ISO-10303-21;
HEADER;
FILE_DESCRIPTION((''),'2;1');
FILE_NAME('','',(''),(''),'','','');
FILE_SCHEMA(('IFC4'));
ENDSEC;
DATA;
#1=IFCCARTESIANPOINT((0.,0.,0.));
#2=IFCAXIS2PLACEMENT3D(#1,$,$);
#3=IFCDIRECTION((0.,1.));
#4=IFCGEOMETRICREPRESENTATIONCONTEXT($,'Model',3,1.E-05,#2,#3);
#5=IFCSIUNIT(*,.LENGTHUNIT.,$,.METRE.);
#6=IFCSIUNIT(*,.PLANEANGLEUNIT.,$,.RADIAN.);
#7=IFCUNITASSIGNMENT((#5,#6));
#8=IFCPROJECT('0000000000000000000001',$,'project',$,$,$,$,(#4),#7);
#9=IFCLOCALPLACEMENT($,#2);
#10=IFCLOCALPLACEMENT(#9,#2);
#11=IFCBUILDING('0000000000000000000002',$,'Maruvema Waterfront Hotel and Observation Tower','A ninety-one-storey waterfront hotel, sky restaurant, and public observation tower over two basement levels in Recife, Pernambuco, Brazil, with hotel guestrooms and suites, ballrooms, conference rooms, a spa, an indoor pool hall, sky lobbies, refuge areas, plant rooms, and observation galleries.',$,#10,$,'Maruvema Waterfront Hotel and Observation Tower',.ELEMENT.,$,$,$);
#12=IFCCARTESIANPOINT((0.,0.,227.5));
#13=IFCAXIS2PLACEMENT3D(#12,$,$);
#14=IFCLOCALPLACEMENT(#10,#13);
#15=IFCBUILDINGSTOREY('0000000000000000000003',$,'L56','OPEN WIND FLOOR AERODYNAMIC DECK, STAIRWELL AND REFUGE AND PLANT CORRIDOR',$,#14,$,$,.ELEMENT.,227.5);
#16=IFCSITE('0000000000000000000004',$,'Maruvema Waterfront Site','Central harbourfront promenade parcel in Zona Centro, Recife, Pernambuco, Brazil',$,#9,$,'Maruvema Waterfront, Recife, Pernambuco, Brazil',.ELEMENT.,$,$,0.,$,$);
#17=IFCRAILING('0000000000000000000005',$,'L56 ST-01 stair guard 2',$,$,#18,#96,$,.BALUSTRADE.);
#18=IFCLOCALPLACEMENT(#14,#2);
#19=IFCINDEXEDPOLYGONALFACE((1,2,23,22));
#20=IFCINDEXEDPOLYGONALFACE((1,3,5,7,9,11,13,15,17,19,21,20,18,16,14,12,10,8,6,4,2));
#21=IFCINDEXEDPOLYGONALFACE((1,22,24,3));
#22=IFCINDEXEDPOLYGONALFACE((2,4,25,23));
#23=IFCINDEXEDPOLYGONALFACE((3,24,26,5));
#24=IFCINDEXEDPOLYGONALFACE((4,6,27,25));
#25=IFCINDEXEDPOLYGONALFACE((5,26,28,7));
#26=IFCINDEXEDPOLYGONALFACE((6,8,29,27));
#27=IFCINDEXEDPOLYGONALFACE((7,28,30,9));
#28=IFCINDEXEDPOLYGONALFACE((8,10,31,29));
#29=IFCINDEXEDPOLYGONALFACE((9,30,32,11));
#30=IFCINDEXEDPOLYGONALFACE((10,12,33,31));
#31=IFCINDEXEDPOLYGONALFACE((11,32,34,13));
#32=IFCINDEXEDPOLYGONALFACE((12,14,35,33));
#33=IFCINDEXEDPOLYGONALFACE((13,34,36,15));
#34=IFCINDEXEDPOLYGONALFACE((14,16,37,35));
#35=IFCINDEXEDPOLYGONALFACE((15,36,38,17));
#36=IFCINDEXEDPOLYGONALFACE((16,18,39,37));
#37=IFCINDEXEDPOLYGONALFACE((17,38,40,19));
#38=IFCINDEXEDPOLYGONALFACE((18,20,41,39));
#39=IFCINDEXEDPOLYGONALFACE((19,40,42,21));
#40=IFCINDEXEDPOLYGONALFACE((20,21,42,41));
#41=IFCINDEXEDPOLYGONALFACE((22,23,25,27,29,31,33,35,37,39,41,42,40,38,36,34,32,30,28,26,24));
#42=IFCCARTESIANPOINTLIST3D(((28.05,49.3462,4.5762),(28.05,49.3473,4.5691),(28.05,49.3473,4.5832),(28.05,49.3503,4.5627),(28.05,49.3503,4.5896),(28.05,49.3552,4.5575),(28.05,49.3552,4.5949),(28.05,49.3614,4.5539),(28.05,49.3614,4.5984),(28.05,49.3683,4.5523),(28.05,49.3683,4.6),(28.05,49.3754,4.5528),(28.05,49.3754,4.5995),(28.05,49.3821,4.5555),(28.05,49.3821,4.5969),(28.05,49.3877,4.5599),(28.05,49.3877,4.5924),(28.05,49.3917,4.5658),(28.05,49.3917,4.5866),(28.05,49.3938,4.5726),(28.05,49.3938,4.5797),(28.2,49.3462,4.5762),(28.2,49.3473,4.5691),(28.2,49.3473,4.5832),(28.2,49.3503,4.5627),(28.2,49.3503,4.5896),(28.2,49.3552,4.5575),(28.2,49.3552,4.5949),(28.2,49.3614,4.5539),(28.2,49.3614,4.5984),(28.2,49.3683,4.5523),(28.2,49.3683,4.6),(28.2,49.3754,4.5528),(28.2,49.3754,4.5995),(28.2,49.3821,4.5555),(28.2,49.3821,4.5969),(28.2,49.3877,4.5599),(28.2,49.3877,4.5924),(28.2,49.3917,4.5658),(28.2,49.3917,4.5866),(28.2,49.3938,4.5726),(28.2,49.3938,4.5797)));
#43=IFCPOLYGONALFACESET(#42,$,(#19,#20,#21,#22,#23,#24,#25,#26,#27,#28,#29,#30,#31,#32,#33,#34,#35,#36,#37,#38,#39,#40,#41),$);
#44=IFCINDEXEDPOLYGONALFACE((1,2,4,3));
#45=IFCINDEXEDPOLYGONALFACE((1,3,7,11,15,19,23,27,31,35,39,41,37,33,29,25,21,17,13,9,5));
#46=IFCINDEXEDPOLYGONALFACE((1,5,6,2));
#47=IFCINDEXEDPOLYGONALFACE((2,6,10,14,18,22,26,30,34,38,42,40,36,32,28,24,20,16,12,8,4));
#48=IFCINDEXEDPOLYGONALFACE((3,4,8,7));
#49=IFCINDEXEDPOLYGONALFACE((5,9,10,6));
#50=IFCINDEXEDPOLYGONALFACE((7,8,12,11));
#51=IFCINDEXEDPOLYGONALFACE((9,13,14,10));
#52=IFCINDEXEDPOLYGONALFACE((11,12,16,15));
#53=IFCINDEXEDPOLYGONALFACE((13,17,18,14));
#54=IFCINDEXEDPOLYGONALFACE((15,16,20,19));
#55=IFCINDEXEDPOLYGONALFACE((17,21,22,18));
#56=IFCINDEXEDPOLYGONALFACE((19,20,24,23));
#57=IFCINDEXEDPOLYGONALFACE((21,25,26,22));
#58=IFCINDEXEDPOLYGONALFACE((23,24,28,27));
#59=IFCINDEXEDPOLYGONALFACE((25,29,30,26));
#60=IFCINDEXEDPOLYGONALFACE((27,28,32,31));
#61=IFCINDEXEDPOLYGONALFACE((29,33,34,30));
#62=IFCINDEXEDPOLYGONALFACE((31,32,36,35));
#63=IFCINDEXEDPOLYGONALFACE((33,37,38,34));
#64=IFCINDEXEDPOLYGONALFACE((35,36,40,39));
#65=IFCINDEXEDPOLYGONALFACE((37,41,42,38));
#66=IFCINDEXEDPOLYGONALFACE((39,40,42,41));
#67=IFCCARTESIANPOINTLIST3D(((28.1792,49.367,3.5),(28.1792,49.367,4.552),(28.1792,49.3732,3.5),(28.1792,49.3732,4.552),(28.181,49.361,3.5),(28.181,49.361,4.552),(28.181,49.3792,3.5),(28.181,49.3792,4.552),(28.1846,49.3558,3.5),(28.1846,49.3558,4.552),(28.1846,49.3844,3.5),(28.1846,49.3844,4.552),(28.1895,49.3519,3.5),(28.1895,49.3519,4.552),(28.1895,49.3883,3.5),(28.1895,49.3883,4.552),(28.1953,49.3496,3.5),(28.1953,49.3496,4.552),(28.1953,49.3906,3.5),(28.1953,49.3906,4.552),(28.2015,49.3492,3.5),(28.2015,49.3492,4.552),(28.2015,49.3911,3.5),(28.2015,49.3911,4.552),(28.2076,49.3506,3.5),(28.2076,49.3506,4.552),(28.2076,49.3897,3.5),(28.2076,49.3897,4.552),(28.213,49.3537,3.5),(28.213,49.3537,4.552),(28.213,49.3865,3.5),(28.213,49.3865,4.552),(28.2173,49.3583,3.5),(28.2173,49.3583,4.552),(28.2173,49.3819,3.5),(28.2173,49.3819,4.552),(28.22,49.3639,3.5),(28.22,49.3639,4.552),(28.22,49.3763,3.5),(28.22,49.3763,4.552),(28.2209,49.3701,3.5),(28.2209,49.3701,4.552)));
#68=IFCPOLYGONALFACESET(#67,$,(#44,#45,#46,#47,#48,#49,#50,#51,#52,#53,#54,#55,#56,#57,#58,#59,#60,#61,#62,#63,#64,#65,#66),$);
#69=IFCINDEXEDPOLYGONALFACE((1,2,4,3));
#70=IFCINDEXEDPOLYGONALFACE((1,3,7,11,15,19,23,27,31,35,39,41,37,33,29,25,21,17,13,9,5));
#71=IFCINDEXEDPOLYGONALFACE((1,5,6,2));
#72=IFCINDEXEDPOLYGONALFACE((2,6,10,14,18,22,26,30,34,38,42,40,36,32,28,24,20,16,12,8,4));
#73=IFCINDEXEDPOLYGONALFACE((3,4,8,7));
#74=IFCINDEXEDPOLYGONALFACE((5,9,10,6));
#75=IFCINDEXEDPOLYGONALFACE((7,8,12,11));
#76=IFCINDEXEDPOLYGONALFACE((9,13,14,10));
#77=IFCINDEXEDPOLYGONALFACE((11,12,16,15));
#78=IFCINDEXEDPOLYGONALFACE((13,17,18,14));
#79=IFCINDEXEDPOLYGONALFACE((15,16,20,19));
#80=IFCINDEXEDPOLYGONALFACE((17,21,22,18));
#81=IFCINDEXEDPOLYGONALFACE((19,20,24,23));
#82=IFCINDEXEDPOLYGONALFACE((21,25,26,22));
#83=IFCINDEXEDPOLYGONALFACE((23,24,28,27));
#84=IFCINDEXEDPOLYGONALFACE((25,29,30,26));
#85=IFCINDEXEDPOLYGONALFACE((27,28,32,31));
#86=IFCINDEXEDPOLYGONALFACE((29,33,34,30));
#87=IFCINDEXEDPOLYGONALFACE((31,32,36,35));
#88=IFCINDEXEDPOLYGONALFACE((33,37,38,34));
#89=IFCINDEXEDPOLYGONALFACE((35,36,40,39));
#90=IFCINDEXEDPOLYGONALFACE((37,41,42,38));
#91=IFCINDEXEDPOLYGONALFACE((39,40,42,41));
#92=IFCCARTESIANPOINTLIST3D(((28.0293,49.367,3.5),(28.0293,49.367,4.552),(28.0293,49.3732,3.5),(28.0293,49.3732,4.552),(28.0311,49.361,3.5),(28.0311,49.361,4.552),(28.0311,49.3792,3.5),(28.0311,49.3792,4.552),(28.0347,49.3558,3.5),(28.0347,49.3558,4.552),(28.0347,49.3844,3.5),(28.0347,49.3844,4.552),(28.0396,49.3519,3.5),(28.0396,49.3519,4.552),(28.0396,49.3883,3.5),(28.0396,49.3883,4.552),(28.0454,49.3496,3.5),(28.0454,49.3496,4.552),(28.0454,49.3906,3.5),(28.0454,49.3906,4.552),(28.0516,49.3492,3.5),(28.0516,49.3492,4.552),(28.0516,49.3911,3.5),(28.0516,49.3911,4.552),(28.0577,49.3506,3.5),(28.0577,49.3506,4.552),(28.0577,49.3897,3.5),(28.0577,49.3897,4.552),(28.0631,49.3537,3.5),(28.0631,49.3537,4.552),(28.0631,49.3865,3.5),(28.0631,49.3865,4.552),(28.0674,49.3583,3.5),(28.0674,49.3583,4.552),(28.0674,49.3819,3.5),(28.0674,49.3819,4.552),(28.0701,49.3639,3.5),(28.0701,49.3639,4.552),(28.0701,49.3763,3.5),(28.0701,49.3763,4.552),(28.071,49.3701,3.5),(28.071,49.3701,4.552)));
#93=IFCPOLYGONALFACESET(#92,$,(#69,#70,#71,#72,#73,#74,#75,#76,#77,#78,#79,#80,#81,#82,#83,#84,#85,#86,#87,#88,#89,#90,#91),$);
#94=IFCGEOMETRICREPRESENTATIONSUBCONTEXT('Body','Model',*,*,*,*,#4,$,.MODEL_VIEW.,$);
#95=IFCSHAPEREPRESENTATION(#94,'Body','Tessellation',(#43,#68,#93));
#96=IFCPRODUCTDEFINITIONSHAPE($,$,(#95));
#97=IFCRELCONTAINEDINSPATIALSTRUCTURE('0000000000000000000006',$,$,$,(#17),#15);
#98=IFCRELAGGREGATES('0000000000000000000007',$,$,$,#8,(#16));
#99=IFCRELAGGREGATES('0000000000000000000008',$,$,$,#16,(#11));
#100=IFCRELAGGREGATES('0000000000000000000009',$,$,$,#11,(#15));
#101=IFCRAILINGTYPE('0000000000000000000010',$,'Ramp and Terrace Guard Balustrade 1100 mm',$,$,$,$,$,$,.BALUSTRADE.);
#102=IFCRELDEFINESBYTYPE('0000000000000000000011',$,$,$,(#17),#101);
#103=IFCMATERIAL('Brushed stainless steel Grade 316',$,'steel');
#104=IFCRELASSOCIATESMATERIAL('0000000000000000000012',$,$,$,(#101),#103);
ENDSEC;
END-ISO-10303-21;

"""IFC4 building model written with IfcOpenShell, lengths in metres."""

from ifc_helpers import new_model, si_unit, direction, frame, origin, origin_2d, place, context, subcontext, project, spatial, circle, extrude, material, type_object, element, save


model = new_model("IFC4")

# Units and contexts
model_context = context("Model", 3, precision=1e-05, world=origin(), true_north=direction((0.0, 1.0)))
body_context = subcontext(model_context, "Body", "Model", "MODEL_VIEW")
ifc_project = project(units=[si_unit("LENGTHUNIT", "METRE"), si_unit("PLANEANGLEUNIT", "RADIAN")], contexts=[model_context])

# Site, building, storey
site_placement = place(None, origin())
site = spatial("IfcSite", under=ifc_project, at=site_placement, Name="Maruvema Waterfront Site", Description="Central harbourfront promenade parcel in Zona Centro, Recife, Pernambuco, Brazil", LongName="Maruvema Waterfront, Recife, Pernambuco, Brazil", CompositionType="ELEMENT", RefElevation=0.0)
building_placement = place(site_placement, origin())
building = spatial("IfcBuilding", under=site, at=building_placement, Name="Maruvema Waterfront Hotel and Observation Tower", Description="A ninety-one-storey waterfront hotel, sky restaurant, and public observation tower over two basement levels in Recife, Pernambuco, Brazil, with hotel guestrooms and suites, ballrooms, conference rooms, a spa, an indoor pool hall, sky lobbies, refuge areas, plant rooms, and observation galleries.", LongName="Maruvema Waterfront Hotel and Observation Tower", CompositionType="ELEMENT")
storey_placement = place(building_placement, frame((0.0, 0.0, 227.5)))
storey = spatial("IfcBuildingStorey", under=building, at=storey_placement, Name="L56", Description="OPEN WIND FLOOR AERODYNAMIC DECK, STAIRWELL AND REFUGE AND PLANT CORRIDOR", CompositionType="ELEMENT", Elevation=227.5)

# Railing
ifc_material_1 = material(Name="Brushed stainless steel Grade 316", Category="steel")
railing_type_1 = type_object("IfcRailingType", Name="Ramp and Terrace Guard Balustrade 1100 mm", PredefinedType="BALUSTRADE", material=ifc_material_1)
railing_1_placement = place(storey_placement, frame((28.2, 49.3701, 3.5)))
element("IfcRailing", 1, at=railing_1_placement, inside=storey, type_object=railing_type_1, Name="L56 ST-01 stair guard 2", PredefinedType="BALUSTRADE", context=body_context, shape_type="SweptSolid", body=[
    extrude(circle(Radius=0.0239, at=origin_2d()), frame((0.0, 0.0, 1.0762), z_axis=(-1.0, 0.0, 0.0), x_axis=(0.0, -1.0, 0.0)), (0.0, 0.0, 1.0), 0.1499),
    extrude(circle(Radius=0.021, at=origin_2d()), origin(), (0.0, 0.0, 1.0), 1.052),
    extrude(circle(Radius=0.021, at=origin_2d()), frame((-0.1499, 0.0, 0.0)), (0.0, 0.0, 1.0), 1.052),
])

save(model, "model.ifc")
